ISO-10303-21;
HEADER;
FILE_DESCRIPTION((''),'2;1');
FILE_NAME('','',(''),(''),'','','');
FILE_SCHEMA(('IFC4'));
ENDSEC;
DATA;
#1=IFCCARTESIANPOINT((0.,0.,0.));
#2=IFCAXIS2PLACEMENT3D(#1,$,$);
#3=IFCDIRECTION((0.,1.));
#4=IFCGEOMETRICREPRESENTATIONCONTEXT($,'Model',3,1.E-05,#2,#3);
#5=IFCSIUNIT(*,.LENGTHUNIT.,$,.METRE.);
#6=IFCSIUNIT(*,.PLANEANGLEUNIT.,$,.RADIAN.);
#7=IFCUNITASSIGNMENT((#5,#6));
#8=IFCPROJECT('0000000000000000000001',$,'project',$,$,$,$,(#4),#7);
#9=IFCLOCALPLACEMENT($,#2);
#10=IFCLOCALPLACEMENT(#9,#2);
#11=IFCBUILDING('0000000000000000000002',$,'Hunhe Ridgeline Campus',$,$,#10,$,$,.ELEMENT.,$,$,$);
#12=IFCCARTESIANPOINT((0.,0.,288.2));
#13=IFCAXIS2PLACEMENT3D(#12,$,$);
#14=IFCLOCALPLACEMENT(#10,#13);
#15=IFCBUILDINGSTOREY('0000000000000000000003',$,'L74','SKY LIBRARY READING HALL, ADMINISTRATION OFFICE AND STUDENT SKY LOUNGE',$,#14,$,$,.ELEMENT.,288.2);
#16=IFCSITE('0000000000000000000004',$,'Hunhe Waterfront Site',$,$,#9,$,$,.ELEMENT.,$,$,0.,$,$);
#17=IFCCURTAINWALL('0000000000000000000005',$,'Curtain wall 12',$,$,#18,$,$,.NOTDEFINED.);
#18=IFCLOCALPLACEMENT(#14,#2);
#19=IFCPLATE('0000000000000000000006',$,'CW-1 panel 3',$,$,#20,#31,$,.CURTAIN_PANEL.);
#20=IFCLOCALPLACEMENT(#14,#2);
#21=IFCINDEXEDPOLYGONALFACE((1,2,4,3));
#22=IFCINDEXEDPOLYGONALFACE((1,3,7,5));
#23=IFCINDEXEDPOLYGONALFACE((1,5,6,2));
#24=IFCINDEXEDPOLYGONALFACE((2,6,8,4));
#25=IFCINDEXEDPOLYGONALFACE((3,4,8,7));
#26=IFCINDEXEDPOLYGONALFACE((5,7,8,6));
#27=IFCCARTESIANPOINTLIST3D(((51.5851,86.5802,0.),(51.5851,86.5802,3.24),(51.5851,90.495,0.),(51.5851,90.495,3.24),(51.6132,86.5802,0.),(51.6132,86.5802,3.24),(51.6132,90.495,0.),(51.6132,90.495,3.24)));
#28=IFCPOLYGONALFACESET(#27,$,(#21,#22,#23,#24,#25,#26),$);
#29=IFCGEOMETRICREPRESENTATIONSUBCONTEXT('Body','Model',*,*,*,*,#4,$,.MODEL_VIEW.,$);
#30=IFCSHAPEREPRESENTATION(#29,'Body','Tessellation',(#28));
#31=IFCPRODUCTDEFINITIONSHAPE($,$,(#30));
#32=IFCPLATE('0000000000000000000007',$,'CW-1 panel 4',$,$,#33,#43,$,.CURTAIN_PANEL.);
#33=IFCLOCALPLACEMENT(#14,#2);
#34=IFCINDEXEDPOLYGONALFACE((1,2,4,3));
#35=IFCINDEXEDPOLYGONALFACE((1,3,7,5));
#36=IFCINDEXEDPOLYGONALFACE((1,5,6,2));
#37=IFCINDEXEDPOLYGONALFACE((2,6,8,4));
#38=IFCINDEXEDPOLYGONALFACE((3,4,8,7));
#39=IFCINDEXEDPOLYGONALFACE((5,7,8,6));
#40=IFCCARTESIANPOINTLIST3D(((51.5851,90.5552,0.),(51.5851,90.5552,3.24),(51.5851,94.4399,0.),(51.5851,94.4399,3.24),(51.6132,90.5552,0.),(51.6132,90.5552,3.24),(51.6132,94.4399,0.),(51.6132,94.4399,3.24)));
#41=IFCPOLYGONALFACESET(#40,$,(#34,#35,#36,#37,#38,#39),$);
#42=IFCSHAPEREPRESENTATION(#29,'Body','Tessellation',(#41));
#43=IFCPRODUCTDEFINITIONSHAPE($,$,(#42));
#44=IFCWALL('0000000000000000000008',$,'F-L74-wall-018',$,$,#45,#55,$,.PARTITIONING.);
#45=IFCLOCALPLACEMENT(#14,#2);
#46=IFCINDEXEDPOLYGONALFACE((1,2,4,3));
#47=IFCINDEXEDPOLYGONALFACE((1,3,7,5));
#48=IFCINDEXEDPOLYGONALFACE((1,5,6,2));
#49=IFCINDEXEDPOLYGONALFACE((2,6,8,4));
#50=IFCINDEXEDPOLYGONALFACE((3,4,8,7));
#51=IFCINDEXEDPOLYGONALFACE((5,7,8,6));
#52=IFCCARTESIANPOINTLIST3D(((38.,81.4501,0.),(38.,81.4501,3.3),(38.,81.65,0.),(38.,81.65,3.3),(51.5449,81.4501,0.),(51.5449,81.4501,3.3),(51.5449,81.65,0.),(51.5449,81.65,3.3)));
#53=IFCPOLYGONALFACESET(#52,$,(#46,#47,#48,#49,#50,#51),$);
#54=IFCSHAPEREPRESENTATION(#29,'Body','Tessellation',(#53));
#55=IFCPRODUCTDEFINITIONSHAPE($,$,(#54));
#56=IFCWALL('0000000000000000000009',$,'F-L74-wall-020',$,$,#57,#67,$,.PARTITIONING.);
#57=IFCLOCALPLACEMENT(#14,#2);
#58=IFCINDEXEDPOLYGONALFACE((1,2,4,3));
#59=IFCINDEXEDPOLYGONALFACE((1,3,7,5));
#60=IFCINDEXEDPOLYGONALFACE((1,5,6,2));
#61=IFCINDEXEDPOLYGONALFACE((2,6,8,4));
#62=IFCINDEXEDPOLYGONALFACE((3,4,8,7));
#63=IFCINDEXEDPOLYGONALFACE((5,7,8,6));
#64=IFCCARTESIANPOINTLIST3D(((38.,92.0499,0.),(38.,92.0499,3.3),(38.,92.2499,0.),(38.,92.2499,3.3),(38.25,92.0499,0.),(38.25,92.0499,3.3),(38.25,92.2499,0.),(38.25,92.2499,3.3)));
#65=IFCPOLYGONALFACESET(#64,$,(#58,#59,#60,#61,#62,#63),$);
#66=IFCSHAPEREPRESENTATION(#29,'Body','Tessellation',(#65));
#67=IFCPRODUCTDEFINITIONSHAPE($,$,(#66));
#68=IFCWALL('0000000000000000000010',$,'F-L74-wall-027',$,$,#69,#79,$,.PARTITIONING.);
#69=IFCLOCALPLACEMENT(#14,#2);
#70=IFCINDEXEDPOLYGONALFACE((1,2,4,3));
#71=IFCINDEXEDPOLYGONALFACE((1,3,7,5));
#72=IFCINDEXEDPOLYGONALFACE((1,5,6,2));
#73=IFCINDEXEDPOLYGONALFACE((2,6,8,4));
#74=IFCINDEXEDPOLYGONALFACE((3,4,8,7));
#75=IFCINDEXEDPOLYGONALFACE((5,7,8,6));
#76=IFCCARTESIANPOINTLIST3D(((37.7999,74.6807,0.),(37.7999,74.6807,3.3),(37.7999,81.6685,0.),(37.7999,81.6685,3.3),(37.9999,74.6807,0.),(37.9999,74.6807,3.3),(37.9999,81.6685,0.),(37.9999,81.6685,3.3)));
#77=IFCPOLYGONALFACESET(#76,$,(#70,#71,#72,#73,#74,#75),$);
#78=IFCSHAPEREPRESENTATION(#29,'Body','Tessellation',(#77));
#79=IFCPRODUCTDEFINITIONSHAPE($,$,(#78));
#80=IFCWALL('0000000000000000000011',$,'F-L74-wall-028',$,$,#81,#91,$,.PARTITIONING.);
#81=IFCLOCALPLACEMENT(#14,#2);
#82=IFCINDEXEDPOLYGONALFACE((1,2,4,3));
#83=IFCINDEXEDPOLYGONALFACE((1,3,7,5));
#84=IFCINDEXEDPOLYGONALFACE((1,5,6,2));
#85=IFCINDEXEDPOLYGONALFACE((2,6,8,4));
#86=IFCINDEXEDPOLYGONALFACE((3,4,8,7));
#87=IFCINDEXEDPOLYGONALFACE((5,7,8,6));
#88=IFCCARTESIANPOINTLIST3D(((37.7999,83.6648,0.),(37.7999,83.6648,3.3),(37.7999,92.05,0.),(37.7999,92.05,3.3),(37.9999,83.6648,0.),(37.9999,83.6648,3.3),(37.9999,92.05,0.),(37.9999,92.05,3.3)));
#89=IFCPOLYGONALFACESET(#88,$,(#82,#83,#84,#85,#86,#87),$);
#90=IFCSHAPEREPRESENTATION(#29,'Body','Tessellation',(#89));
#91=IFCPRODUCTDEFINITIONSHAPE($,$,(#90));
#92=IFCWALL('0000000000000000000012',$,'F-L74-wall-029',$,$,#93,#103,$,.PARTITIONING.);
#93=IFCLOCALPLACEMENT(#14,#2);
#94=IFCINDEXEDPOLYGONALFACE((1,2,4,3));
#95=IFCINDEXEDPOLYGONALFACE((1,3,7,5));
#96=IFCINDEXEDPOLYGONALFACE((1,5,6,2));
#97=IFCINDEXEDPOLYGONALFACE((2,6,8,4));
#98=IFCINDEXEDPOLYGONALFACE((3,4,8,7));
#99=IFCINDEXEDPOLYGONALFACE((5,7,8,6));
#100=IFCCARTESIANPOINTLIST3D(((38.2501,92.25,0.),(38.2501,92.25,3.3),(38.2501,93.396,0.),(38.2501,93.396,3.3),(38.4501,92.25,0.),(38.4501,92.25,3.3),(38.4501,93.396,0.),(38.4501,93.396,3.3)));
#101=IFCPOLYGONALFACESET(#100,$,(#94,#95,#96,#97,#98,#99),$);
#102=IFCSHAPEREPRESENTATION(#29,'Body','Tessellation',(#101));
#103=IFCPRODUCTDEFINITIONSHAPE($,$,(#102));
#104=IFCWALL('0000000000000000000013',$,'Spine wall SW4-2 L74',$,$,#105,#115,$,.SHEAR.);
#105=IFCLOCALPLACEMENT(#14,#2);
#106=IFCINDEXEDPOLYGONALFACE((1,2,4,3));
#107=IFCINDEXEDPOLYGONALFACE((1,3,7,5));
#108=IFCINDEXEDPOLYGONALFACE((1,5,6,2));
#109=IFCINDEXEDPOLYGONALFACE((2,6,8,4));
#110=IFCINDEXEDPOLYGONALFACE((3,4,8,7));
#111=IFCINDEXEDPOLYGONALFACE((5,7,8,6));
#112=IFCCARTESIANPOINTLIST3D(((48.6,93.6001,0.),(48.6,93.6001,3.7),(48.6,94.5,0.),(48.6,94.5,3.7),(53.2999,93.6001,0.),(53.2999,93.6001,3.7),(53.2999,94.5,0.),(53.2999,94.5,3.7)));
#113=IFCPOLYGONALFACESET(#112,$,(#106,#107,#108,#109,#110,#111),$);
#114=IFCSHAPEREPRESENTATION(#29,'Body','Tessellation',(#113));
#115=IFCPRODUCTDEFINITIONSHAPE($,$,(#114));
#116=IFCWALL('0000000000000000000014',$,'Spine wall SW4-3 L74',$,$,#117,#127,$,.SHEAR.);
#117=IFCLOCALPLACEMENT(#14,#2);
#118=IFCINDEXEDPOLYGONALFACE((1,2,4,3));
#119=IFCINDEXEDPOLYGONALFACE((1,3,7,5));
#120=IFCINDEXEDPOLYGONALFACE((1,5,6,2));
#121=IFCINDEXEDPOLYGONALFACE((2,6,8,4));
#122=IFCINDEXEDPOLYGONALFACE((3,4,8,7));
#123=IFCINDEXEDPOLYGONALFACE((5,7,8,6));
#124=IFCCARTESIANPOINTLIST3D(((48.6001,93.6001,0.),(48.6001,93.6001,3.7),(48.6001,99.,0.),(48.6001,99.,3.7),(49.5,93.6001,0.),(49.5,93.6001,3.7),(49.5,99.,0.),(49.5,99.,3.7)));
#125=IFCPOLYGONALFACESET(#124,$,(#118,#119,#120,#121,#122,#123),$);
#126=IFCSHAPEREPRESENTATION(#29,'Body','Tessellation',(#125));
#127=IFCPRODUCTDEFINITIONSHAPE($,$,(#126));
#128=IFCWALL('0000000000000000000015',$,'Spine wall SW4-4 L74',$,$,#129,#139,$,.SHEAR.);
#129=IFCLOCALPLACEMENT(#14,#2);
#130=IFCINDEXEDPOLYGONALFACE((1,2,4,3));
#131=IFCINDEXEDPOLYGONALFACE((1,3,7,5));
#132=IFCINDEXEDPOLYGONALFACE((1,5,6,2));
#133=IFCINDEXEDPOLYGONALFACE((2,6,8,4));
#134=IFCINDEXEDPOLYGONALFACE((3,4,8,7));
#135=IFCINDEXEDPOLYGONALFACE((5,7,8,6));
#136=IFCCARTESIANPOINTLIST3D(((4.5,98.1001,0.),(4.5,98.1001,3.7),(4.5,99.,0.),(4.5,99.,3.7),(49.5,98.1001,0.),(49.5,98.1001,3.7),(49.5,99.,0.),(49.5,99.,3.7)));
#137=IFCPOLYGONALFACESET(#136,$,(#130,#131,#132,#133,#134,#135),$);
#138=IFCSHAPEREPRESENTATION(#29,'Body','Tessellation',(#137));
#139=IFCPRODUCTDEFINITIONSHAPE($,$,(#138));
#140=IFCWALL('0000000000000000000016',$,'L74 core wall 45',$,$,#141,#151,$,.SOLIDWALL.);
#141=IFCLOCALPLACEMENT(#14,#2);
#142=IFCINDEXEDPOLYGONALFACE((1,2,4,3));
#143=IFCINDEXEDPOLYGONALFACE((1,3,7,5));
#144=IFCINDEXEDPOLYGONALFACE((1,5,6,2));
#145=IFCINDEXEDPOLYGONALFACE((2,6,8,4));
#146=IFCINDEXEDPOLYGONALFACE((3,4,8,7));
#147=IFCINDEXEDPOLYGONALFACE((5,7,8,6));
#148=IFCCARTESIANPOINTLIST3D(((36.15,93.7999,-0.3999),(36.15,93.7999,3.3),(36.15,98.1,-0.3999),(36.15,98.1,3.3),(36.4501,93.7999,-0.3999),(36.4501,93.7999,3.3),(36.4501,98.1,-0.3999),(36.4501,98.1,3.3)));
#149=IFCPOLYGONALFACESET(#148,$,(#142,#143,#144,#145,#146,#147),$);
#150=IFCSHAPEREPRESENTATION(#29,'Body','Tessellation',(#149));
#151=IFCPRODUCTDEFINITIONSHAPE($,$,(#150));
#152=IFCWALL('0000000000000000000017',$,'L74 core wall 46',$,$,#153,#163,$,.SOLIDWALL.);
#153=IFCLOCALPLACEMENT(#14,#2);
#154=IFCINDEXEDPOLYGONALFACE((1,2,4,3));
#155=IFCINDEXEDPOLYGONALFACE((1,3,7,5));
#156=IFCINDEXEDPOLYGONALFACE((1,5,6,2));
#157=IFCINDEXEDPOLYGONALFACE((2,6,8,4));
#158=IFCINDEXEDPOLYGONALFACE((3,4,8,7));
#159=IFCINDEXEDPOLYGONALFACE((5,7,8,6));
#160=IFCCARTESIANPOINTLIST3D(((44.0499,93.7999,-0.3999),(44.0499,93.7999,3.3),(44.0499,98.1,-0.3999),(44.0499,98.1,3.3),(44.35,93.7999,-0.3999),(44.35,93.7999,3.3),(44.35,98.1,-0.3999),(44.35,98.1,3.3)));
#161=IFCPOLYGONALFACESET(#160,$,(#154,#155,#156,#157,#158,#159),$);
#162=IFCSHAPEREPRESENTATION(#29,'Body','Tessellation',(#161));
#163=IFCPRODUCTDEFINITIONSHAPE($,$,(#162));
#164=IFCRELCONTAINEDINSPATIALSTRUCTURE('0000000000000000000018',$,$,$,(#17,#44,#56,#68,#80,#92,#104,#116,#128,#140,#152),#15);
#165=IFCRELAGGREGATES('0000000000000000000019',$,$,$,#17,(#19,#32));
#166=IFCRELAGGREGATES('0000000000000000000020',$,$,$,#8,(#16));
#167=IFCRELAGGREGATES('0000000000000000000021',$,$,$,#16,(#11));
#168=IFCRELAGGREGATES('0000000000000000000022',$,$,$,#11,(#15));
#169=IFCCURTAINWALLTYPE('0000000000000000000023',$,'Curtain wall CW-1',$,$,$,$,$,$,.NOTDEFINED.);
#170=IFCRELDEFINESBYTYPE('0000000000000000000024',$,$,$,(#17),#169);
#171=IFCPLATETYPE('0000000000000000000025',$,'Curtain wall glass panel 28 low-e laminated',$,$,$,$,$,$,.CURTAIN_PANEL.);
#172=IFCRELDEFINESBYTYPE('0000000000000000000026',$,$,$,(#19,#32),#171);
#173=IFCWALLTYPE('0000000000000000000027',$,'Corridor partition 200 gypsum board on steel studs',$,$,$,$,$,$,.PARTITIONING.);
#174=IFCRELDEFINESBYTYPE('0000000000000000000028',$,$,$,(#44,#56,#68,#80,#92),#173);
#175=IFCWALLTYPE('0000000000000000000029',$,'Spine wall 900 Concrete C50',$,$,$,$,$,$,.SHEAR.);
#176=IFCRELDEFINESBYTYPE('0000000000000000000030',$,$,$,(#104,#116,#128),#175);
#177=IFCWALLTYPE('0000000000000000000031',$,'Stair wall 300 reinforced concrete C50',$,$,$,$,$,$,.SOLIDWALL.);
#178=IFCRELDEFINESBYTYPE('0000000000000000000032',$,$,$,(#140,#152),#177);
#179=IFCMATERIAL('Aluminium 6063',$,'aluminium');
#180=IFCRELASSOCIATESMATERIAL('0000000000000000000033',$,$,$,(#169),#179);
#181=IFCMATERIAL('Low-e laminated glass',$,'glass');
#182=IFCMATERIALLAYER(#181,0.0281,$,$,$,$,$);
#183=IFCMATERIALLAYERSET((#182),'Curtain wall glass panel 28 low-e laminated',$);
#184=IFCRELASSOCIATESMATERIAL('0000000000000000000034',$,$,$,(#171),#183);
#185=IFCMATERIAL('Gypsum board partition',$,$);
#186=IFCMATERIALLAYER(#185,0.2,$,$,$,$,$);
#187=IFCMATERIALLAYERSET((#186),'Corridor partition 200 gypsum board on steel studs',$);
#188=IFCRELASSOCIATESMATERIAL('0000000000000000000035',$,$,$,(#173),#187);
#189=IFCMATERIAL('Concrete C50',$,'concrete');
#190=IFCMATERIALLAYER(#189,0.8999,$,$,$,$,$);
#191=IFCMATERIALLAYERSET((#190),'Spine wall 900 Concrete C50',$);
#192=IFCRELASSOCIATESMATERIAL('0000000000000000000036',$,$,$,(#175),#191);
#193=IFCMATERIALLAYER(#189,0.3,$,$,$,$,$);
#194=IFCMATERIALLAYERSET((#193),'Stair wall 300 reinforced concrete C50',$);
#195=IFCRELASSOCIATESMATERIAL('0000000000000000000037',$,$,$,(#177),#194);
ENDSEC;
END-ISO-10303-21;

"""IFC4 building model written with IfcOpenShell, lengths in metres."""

from ifc_helpers import new_model, si_unit, direction, frame, frame_2d, origin, origin_2d, place, context, subcontext, project, spatial, rectangle, extrude, material, layer, layer_set, type_object, element, aggregate, save


model = new_model("IFC4")

# Units and contexts
model_context = context("Model", 3, precision=1e-05, world=origin(), true_north=direction((0.0, 1.0)))
body_context = subcontext(model_context, "Body", "Model", "MODEL_VIEW")
ifc_project = project(units=[si_unit("LENGTHUNIT", "METRE"), si_unit("PLANEANGLEUNIT", "RADIAN")], contexts=[model_context])

# Site, building, storey
site_placement = place(None, origin())
site = spatial("IfcSite", under=ifc_project, at=site_placement, Name="Hunhe Waterfront Site", CompositionType="ELEMENT", RefElevation=0.0)
building_placement = place(site_placement, origin())
building = spatial("IfcBuilding", under=site, at=building_placement, Name="Hunhe Ridgeline Campus", CompositionType="ELEMENT")
storey_placement = place(building_placement, frame((0.0, 0.0, 288.2)))
storey = spatial("IfcBuildingStorey", under=building, at=storey_placement, Name="L74", Description="SKY LIBRARY READING HALL, ADMINISTRATION OFFICE AND STUDENT SKY LOUNGE", CompositionType="ELEMENT", Elevation=288.2)

# Shared definitions
ifc_material_1 = material(Name="Concrete C50", Category="concrete")

# Curtain wall
ifc_material_2 = material(Name="Aluminium 6063", Category="aluminium")
curtain_wall_type = type_object("IfcCurtainWallType", Name="Curtain wall CW-1", PredefinedType="NOTDEFINED", material=ifc_material_2)
curtain_wall_placement = place(storey_placement, origin())
curtain_wall = element("IfcCurtainWall", 1, at=curtain_wall_placement, inside=storey, type_object=curtain_wall_type, Name="Curtain wall 12", PredefinedType="NOTDEFINED")

# Plates
ifc_material_3 = material(Name="Low-e laminated glass", Category="glass")
ifc_layer_1 = layer(ifc_material_3, 0.0281)
ifc_layer_set_1 = layer_set([ifc_layer_1], Name="Curtain wall glass panel 28 low-e laminated")
plate_type = type_object("IfcPlateType", Name="Curtain wall glass panel 28 low-e laminated", PredefinedType="CURTAIN_PANEL", material=ifc_layer_set_1)
plate_1_placement = place(storey_placement, frame((51.5991, 88.5376, 0.0), z_axis=(0.0, 0.0, 1.0), x_axis=(0.0, 1.0, 0.0)))
plate_1 = element("IfcPlate", 2, at=plate_1_placement, type_object=plate_type, Name="CW-1 panel 3", PredefinedType="CURTAIN_PANEL", context=body_context, shape_type="SweptSolid", body=[
    extrude(rectangle(XDim=3.9148, YDim=0.0281, at=origin_2d()), origin(), (0.0, 0.0, 1.0), 3.24),
])
plate_2_placement = place(storey_placement, frame((51.5991, 92.4976, 0.0), z_axis=(0.0, 0.0, 1.0), x_axis=(0.0, 1.0, 0.0)))
plate_2 = element("IfcPlate", 3, at=plate_2_placement, type_object=plate_type, Name="CW-1 panel 4", PredefinedType="CURTAIN_PANEL", context=body_context, shape_type="SweptSolid", body=[
    extrude(rectangle(XDim=3.8848, YDim=0.0281, at=origin_2d()), origin(), (0.0, 0.0, 1.0), 3.24),
])
aggregate(curtain_wall, [plate_1, plate_2])

# Wall
ifc_material_4 = material(Name="Gypsum board partition")
ifc_layer_2 = layer(ifc_material_4, 0.2)
ifc_layer_set_2 = layer_set([ifc_layer_2], Name="Corridor partition 200 gypsum board on steel studs")
wall_type_1 = type_object("IfcWallType", Name="Corridor partition 200 gypsum board on steel studs", PredefinedType="PARTITIONING", material=ifc_layer_set_2)
wall_1_placement = place(storey_placement, frame((51.5449, 81.55, 0.0), z_axis=(0.0, 0.0, 1.0), x_axis=(-1.0, 0.0, 0.0)))
element("IfcWall", 4, at=wall_1_placement, inside=storey, type_object=wall_type_1, Name="F-L74-wall-018", PredefinedType="PARTITIONING", context=body_context, shape_type="SweptSolid", body=[
    extrude(rectangle(XDim=13.5449, YDim=0.2, at=frame_2d((6.7725, 0.0))), origin(), (0.0, 0.0, 1.0), 3.3),
])

# Walls
wall_2_placement = place(storey_placement, frame((38.25, 92.1499, 0.0), z_axis=(0.0, 0.0, 1.0), x_axis=(-1.0, 0.0, 0.0)))
element("IfcWall", 5, at=wall_2_placement, inside=storey, type_object=wall_type_1, Name="F-L74-wall-020", PredefinedType="PARTITIONING", context=body_context, shape_type="SweptSolid", body=[
    extrude(rectangle(XDim=0.25, YDim=0.2, at=frame_2d((0.125, 0.0))), origin(), (0.0, 0.0, 1.0), 3.3),
])
wall_3_placement = place(storey_placement, frame((37.8999, 81.6685, 0.0), z_axis=(0.0, 0.0, 1.0), x_axis=(0.0, -1.0, 0.0)))
element("IfcWall", 6, at=wall_3_placement, inside=storey, type_object=wall_type_1, Name="F-L74-wall-027", PredefinedType="PARTITIONING", context=body_context, shape_type="SweptSolid", body=[
    extrude(rectangle(XDim=6.9878, YDim=0.2, at=frame_2d((3.4939, 0.0))), origin(), (0.0, 0.0, 1.0), 3.3),
])
wall_4_placement = place(storey_placement, frame((37.8999, 92.05, 0.0), z_axis=(0.0, 0.0, 1.0), x_axis=(0.0, -1.0, 0.0)))
element("IfcWall", 7, at=wall_4_placement, inside=storey, type_object=wall_type_1, Name="F-L74-wall-028", PredefinedType="PARTITIONING", context=body_context, shape_type="SweptSolid", body=[
    extrude(rectangle(XDim=8.3853, YDim=0.2, at=frame_2d((4.1926, 0.0))), origin(), (0.0, 0.0, 1.0), 3.3),
])
wall_5_placement = place(storey_placement, frame((38.3501, 93.396, 0.0), z_axis=(0.0, 0.0, 1.0), x_axis=(0.0, -1.0, 0.0)))
element("IfcWall", 8, at=wall_5_placement, inside=storey, type_object=wall_type_1, Name="F-L74-wall-029", PredefinedType="PARTITIONING", context=body_context, shape_type="SweptSolid", body=[
    extrude(rectangle(XDim=1.146, YDim=0.2, at=frame_2d((0.573, 0.0))), origin(), (0.0, 0.0, 1.0), 3.3),
])
ifc_layer_3 = layer(ifc_material_1, 0.8999)
ifc_layer_set_3 = layer_set([ifc_layer_3], Name="Spine wall 900 Concrete C50")
wall_type_2 = type_object("IfcWallType", Name="Spine wall 900 Concrete C50", PredefinedType="SHEAR", material=ifc_layer_set_3)
wall_6_placement = place(storey_placement, frame((53.3, 94.05, 0.0), z_axis=(0.0, 0.0, 1.0), x_axis=(-1.0, 0.0, 0.0)))
element("IfcWall", 9, at=wall_6_placement, inside=storey, type_object=wall_type_2, Name="Spine wall SW4-2 L74", PredefinedType="SHEAR", context=body_context, shape_type="SweptSolid", body=[
    extrude(rectangle(XDim=4.7, YDim=0.8999, at=frame_2d((2.3501, 0.0))), origin(), (0.0, 0.0, 1.0), 3.7),
])
wall_7_placement = place(storey_placement, frame((49.05, 93.6001, 0.0), z_axis=(0.0, 0.0, 1.0), x_axis=(0.0, 1.0, 0.0)))
element("IfcWall", 10, at=wall_7_placement, inside=storey, type_object=wall_type_2, Name="Spine wall SW4-3 L74", PredefinedType="SHEAR", context=body_context, shape_type="SweptSolid", body=[
    extrude(rectangle(XDim=5.3999, YDim=0.8999, at=frame_2d((2.7, 0.0))), origin(), (0.0, 0.0, 1.0), 3.7),
])
wall_8_placement = place(storey_placement, frame((49.5, 98.55, 0.0), z_axis=(0.0, 0.0, 1.0), x_axis=(-1.0, 0.0, 0.0)))
element("IfcWall", 11, at=wall_8_placement, inside=storey, type_object=wall_type_2, Name="Spine wall SW4-4 L74", PredefinedType="SHEAR", context=body_context, shape_type="SweptSolid", body=[
    extrude(rectangle(XDim=45.0, YDim=0.8999, at=frame_2d((22.5, 0.0))), origin(), (0.0, 0.0, 1.0), 3.7),
])

# Shared definitions
ifc_layer_4 = layer(ifc_material_1, 0.3)
ifc_layer_set_4 = layer_set([ifc_layer_4], Name="Stair wall 300 reinforced concrete C50")
wall_type_3 = type_object("IfcWallType", Name="Stair wall 300 reinforced concrete C50", PredefinedType="SOLIDWALL", material=ifc_layer_set_4)

# Walls
for number, where, z_axis, x_axis, name in (
    (12, (36.3, 93.8, -0.3999), (0.0, 0.0, 1.0), (0.0, 1.0, 0.0), "L74 core wall 45"),
    (13, (44.2, 93.8, -0.3999), (0.0, 0.0, 1.0), (0.0, 1.0, 0.0), "L74 core wall 46"),
):
    element("IfcWall", number, at=place(storey_placement, frame(where, z_axis=z_axis, x_axis=x_axis)), inside=storey, type_object=wall_type_3, Name=name, PredefinedType="SOLIDWALL", context=body_context, shape_type="SweptSolid", body=[
        extrude(rectangle(XDim=4.3, YDim=0.3, at=frame_2d((2.1499, 0.0))), origin(), (0.0, 0.0, 1.0), 3.7),
    ])

save(model, "model.ifc")
